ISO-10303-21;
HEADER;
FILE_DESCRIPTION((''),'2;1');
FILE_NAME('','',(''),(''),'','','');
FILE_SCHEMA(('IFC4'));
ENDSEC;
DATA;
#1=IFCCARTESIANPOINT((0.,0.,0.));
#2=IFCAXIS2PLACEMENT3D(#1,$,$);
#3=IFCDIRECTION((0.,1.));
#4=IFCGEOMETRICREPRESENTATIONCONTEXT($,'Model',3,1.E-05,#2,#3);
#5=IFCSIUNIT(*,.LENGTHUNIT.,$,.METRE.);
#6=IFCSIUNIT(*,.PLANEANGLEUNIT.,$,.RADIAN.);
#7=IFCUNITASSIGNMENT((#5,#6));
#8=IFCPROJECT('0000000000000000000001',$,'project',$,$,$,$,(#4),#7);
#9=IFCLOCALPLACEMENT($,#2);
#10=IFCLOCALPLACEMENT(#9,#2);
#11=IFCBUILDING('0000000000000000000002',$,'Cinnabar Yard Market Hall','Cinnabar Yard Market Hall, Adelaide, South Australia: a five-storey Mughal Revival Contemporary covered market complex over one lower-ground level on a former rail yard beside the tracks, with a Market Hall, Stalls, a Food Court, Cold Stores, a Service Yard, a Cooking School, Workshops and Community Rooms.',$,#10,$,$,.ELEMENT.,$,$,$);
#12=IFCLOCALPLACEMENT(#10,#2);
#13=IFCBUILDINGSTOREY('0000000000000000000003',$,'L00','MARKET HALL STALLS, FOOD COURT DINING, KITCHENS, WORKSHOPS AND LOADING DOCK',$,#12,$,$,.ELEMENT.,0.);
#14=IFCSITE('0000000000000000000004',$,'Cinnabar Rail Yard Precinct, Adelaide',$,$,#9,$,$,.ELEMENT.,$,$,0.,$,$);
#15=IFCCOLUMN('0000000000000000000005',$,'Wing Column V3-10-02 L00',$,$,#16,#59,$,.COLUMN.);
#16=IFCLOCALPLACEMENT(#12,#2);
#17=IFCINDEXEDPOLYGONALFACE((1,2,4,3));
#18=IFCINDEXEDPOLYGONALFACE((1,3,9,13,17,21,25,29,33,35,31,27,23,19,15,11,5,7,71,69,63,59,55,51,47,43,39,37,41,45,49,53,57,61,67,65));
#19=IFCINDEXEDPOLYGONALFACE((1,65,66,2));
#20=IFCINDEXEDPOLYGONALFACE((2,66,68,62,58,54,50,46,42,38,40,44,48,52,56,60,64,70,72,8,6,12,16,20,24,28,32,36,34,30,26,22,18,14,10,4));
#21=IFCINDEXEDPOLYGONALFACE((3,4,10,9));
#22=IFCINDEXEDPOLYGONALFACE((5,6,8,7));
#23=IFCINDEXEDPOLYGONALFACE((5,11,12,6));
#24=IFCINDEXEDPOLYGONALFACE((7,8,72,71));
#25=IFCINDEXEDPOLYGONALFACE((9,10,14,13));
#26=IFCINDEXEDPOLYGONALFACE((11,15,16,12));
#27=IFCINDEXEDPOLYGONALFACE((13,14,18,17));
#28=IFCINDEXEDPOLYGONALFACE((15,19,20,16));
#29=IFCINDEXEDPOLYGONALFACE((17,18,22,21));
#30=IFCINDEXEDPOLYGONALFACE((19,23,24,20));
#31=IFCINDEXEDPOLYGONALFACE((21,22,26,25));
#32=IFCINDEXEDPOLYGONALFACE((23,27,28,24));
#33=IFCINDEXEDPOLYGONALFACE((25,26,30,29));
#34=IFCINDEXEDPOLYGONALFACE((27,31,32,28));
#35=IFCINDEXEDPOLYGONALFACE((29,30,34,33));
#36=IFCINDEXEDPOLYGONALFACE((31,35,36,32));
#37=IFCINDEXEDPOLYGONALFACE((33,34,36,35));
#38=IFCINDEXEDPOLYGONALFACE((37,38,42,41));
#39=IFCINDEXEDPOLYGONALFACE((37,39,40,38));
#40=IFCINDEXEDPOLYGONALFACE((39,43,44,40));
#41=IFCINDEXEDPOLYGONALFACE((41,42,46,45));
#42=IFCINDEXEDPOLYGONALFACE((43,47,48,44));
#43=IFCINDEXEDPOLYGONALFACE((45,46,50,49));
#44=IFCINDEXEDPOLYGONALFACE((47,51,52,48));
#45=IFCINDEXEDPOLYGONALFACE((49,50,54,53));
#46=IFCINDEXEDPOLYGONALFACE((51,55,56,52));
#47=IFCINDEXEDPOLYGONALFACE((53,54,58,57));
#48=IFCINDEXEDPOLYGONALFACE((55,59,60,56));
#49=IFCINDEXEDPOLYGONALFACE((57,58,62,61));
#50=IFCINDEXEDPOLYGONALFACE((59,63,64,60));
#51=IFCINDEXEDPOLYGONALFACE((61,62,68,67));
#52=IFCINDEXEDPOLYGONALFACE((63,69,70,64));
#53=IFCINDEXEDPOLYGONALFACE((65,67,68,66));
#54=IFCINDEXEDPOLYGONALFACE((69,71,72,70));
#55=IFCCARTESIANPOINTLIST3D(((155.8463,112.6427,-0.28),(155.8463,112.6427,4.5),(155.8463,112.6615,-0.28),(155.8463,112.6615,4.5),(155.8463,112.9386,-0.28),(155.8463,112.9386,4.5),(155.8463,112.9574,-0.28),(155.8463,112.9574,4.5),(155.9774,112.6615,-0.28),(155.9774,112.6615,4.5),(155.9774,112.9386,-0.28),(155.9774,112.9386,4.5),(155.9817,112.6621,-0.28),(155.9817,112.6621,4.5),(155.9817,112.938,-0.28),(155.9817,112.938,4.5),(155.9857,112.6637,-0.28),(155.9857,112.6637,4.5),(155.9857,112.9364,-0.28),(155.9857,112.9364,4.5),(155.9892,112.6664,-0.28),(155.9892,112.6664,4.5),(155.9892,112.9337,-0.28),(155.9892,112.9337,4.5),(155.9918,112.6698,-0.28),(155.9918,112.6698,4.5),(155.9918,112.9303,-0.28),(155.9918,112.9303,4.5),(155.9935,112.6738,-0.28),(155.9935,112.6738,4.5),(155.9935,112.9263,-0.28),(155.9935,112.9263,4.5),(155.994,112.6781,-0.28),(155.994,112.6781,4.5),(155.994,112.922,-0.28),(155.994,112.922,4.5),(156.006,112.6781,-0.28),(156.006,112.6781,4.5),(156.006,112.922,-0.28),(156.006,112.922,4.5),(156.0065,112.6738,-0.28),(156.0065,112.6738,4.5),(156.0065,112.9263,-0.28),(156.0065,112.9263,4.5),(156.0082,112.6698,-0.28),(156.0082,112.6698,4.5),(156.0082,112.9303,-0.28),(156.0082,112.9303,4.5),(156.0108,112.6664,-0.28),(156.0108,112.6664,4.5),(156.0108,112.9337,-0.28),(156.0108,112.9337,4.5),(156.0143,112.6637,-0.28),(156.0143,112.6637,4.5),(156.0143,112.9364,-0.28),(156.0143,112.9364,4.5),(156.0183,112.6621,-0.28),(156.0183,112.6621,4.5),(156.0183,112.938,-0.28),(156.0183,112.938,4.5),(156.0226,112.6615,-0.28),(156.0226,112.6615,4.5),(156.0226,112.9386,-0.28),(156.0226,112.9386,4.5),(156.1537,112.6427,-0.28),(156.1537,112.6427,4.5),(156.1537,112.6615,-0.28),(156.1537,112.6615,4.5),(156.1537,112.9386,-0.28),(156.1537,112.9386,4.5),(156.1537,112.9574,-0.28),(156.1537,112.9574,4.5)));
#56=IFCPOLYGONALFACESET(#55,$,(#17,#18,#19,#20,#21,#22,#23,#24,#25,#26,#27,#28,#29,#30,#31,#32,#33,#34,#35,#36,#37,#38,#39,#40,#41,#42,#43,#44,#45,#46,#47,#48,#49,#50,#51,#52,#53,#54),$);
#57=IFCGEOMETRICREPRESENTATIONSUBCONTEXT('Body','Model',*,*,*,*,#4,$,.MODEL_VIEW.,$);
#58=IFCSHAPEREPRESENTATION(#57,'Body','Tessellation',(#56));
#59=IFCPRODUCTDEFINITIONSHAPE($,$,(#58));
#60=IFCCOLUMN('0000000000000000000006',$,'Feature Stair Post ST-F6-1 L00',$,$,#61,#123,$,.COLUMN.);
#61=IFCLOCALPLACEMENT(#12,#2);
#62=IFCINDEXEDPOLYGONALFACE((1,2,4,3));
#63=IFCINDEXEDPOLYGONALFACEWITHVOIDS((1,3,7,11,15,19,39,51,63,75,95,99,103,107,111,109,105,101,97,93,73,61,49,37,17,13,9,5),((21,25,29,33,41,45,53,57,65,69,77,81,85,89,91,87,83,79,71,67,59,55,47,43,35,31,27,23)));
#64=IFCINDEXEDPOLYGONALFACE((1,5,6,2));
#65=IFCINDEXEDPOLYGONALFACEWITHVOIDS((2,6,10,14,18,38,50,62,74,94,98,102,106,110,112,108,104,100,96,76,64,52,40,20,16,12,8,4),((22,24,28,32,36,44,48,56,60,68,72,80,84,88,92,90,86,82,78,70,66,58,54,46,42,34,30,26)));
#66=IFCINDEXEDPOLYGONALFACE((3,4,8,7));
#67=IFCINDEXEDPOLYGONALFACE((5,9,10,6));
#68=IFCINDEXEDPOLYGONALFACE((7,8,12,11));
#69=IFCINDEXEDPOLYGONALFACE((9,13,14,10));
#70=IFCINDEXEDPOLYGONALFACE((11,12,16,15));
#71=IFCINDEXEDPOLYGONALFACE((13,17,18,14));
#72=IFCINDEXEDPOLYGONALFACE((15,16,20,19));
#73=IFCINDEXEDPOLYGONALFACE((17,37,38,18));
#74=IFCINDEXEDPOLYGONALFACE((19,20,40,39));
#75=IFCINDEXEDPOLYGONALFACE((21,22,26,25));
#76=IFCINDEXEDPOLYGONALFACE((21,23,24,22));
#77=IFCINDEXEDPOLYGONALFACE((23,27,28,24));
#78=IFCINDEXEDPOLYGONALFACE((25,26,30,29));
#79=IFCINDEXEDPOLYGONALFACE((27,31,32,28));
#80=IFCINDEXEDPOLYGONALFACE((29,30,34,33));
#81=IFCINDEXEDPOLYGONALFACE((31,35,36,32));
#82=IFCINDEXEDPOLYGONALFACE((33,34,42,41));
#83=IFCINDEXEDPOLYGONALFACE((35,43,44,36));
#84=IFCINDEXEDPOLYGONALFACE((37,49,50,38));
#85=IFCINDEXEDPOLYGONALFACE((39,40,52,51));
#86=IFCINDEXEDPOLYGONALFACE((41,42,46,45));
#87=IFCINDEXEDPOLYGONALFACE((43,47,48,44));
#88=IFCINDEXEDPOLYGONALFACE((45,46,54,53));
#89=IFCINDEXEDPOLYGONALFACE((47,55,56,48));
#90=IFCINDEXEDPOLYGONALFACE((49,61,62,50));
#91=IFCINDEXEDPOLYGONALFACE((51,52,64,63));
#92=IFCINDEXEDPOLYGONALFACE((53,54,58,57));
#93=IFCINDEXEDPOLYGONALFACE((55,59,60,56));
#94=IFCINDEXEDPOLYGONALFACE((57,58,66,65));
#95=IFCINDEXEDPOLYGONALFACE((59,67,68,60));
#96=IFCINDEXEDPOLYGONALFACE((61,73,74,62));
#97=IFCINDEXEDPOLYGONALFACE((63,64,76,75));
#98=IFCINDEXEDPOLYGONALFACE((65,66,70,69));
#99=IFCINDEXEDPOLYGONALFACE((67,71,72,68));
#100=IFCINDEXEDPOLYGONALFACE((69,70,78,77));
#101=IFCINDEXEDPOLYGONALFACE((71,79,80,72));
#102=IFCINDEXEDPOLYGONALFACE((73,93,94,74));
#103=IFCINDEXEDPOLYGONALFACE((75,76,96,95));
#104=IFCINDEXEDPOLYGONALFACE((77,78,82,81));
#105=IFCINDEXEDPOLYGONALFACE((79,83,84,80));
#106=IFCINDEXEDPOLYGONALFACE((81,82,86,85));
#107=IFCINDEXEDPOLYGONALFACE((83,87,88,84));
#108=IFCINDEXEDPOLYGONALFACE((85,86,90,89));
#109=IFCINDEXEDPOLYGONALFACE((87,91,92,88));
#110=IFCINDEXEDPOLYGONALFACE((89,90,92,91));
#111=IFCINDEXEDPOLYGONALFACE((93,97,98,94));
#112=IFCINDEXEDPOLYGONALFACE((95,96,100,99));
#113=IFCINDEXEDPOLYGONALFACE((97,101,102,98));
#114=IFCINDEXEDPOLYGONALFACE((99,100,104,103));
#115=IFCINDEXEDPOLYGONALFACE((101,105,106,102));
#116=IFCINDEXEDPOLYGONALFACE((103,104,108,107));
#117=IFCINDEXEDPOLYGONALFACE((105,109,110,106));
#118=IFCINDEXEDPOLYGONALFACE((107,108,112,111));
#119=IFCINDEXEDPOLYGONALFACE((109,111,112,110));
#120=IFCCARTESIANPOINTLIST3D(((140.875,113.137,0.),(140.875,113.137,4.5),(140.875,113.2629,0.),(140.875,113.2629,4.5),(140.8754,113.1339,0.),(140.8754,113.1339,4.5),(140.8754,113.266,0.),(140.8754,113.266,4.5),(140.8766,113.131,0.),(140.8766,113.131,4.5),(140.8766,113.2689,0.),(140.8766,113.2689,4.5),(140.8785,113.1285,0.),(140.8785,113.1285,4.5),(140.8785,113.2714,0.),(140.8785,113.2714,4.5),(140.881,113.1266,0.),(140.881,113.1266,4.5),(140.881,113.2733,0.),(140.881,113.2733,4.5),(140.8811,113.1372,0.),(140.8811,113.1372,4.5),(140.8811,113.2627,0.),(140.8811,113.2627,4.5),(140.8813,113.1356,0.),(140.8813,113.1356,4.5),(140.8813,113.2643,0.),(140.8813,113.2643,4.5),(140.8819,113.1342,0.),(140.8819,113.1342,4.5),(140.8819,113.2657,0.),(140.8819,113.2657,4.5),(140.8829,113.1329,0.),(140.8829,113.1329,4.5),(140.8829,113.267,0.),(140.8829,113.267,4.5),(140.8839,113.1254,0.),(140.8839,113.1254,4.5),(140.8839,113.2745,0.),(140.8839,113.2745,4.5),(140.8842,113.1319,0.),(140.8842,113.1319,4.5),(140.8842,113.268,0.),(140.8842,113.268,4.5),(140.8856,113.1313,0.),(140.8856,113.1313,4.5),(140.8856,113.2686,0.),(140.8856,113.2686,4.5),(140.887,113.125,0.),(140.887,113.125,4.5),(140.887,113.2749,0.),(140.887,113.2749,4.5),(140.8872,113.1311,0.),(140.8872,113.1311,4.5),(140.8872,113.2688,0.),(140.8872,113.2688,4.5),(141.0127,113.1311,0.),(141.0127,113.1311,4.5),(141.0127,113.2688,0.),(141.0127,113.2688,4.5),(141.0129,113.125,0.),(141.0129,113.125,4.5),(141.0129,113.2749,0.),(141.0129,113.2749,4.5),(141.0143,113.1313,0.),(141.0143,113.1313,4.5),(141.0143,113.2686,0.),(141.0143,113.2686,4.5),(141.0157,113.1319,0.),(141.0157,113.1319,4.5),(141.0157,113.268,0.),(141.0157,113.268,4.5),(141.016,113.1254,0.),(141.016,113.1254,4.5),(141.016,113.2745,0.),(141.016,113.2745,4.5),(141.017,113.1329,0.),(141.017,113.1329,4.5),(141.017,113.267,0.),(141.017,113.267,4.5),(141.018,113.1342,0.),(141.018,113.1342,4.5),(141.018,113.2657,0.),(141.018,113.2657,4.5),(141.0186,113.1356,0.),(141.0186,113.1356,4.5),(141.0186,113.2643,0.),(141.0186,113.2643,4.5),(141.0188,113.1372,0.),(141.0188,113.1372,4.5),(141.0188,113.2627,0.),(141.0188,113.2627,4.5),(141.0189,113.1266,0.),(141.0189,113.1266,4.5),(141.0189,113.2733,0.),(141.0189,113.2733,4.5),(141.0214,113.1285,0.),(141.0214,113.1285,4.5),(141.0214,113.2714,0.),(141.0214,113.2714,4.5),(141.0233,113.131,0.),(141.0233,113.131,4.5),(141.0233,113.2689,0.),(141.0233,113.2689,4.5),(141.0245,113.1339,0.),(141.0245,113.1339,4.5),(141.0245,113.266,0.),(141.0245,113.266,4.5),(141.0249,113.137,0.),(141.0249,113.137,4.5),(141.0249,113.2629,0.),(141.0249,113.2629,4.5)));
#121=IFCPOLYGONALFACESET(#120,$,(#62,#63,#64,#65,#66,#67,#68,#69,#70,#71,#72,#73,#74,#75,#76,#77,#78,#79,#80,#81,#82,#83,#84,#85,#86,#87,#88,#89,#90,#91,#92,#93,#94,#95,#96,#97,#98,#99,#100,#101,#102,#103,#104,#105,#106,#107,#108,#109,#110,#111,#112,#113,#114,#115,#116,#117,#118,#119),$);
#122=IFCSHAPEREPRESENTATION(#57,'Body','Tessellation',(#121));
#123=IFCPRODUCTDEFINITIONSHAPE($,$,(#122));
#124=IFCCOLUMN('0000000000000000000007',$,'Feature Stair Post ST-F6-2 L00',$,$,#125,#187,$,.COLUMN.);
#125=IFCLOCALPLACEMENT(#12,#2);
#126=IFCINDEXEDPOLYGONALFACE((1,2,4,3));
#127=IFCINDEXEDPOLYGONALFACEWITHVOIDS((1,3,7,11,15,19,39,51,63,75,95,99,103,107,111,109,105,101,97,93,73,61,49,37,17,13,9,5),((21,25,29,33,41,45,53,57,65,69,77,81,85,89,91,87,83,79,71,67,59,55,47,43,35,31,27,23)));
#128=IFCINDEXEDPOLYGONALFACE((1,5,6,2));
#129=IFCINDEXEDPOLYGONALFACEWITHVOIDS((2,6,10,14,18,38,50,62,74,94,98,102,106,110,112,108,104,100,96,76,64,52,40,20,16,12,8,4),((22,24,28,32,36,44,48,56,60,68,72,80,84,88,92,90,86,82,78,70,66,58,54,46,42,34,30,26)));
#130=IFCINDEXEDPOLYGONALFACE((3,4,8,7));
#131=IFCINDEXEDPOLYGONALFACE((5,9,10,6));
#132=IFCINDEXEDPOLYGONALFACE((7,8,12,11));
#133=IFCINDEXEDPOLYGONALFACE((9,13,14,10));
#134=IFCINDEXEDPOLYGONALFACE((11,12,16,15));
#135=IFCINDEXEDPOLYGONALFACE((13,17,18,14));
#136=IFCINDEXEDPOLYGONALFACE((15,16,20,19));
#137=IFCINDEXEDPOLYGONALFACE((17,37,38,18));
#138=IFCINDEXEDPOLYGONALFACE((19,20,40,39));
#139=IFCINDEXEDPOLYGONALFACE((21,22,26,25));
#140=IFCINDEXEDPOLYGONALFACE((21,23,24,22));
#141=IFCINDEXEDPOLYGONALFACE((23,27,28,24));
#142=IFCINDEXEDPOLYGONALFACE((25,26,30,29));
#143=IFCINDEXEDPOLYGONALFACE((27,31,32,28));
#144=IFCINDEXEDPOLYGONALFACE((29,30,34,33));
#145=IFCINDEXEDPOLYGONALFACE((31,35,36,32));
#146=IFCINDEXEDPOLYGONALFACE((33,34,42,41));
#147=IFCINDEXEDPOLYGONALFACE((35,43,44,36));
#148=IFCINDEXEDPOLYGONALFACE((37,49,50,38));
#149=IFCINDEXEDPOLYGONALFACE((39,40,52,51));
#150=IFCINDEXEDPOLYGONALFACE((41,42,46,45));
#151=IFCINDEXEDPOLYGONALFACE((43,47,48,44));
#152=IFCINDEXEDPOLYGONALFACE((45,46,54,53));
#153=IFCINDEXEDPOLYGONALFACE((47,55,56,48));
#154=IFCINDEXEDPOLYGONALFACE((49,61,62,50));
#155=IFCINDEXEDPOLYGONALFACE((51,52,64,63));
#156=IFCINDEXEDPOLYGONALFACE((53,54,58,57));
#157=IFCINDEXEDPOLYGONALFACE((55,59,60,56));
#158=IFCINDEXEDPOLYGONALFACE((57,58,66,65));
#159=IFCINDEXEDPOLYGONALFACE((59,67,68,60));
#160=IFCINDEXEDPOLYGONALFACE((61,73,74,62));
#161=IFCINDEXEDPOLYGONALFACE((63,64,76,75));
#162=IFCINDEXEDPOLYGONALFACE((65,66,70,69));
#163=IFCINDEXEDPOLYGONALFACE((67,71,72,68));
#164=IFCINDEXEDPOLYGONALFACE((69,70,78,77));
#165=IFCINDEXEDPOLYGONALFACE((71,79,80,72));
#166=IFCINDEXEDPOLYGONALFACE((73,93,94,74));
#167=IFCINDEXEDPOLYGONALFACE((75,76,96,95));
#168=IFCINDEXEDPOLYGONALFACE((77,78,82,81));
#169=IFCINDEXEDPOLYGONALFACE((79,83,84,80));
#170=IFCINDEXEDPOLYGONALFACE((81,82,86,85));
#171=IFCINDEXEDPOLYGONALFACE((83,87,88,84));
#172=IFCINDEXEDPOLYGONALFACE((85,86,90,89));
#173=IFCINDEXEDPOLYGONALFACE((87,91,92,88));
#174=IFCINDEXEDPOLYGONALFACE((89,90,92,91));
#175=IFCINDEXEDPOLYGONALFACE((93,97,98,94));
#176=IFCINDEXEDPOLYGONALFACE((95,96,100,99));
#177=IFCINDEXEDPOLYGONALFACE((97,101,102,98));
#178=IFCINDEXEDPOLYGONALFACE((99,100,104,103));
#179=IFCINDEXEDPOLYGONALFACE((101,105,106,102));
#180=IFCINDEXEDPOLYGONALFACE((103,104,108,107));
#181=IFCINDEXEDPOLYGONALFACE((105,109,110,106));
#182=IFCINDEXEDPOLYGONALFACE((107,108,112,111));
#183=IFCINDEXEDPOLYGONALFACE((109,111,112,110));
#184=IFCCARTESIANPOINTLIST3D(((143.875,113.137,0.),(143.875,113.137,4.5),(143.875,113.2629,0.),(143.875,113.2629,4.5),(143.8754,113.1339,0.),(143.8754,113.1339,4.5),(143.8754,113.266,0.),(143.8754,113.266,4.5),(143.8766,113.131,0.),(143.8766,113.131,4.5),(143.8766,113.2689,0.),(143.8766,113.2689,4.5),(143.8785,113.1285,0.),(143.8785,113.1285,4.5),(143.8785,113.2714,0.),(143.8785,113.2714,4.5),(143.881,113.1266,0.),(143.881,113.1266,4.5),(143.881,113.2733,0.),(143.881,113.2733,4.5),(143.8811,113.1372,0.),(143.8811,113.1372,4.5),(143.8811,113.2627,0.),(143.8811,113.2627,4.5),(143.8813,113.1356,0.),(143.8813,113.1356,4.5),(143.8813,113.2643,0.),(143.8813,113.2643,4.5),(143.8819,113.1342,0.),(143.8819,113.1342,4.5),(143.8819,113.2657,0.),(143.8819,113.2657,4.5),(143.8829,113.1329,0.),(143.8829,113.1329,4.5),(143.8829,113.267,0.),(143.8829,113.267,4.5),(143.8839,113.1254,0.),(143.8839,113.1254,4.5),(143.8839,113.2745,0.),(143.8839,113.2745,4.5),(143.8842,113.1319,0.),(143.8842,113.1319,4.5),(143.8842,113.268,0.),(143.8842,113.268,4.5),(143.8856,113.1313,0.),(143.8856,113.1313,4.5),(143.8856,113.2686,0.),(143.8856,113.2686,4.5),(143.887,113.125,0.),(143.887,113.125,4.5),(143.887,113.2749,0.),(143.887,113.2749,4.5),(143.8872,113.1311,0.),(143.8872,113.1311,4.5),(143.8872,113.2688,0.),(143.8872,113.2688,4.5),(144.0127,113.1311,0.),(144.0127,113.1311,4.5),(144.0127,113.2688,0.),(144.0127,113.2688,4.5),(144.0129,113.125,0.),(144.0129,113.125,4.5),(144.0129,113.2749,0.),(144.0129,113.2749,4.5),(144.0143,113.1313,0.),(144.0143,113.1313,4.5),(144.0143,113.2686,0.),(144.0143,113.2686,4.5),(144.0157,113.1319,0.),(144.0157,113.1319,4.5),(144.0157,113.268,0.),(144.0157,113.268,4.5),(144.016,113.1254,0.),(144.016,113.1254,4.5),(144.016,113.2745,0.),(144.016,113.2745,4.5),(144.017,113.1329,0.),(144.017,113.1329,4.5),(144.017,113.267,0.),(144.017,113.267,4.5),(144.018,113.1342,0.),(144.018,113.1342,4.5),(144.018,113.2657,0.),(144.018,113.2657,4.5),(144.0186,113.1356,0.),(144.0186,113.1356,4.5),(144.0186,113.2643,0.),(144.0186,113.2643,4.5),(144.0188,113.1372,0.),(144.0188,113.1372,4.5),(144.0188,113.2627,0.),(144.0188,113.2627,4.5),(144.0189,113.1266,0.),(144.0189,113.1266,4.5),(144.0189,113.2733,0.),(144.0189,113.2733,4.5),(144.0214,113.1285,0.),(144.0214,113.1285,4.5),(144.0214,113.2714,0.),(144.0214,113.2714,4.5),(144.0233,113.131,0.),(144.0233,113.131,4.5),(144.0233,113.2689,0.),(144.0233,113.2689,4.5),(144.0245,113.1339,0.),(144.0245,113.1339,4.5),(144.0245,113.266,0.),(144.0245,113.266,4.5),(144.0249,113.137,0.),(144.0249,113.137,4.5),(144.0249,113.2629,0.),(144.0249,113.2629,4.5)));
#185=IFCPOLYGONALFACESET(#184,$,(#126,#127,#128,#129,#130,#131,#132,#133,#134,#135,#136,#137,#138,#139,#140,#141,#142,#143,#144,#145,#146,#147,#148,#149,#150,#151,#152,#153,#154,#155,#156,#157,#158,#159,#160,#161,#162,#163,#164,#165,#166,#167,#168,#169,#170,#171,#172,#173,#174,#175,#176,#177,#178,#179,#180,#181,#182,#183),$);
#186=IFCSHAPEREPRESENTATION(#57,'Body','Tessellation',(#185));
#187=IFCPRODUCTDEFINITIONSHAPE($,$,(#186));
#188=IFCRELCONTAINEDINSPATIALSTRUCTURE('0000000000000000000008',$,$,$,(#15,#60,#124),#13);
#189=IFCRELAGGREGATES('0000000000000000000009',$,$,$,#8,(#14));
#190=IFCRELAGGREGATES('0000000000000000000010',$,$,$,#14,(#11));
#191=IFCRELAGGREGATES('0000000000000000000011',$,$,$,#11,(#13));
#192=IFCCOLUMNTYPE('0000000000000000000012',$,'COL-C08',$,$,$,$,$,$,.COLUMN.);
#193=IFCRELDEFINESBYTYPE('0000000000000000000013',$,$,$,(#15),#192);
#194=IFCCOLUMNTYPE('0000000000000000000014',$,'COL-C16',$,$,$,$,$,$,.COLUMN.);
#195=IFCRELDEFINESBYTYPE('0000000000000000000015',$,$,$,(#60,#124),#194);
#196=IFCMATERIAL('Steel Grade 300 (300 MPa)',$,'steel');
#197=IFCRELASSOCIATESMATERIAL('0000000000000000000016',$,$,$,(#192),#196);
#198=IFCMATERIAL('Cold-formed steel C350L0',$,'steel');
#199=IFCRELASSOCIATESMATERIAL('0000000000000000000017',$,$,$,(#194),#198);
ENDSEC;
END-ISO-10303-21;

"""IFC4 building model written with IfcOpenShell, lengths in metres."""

from ifc_helpers import new_model, si_unit, direction, frame, origin, origin_2d_with_axis, place, context, subcontext, project, spatial, hollow_rectangle, i_section, extrude, material, material_profile, profile_set, type_object, element, save


model = new_model("IFC4")

# Units and contexts
model_context = context("Model", 3, precision=1e-05, world=origin(), true_north=direction((0.0, 1.0)))
body_context = subcontext(model_context, "Body", "Model", "MODEL_VIEW")
ifc_project = project(units=[si_unit("LENGTHUNIT", "METRE"), si_unit("PLANEANGLEUNIT", "RADIAN")], contexts=[model_context])

# Site, building, storey
site_placement = place(None, origin())
site = spatial("IfcSite", under=ifc_project, at=site_placement, Name="Cinnabar Rail Yard Precinct, Adelaide", CompositionType="ELEMENT", RefElevation=0.0)
building_placement = place(site_placement, origin())
building = spatial("IfcBuilding", under=site, at=building_placement, Name="Cinnabar Yard Market Hall", Description="Cinnabar Yard Market Hall, Adelaide, South Australia: a five-storey Mughal Revival Contemporary covered market complex over one lower-ground level on a former rail yard beside the tracks, with a Market Hall, Stalls, a Food Court, Cold Stores, a Service Yard, a Cooking School, Workshops and Community Rooms.", CompositionType="ELEMENT")
storey_placement = place(building_placement, origin())
storey = spatial("IfcBuildingStorey", under=building, at=storey_placement, Name="L00", Description="MARKET HALL STALLS, FOOD COURT DINING, KITCHENS, WORKSHOPS AND LOADING DOCK", CompositionType="ELEMENT", Elevation=0.0)

# Columns
ifc_material_1 = material(Name="Steel Grade 300 (300 MPa)", Category="steel")
ifc_material_profile_1 = material_profile(ifc_material_1, i_section(OverallWidth=0.3074, OverallDepth=0.3147, WebThickness=0.012, FlangeThickness=0.0188, FilletRadius=0.0166, at=origin_2d_with_axis()), Name="310UC118")
ifc_profile_set_1 = profile_set([ifc_material_profile_1], Name="Steel Grade 300 (300 MPa)")
column_type_1 = type_object("IfcColumnType", Name="COL-C08", PredefinedType="COLUMN", material=ifc_profile_set_1)
column_1_placement = place(storey_placement, frame((156.0, 112.8, -0.28), z_axis=(0.0, 0.0, 1.0), x_axis=(1.0, 0.0, 0.0)))
element("IfcColumn", 1, at=column_1_placement, inside=storey, type_object=column_type_1, Name="Wing Column V3-10-02 L00", PredefinedType="COLUMN", context=body_context, shape_type="SweptSolid", body=[
    extrude(i_section(OverallWidth=0.3074, OverallDepth=0.3147, WebThickness=0.012, FlangeThickness=0.0188, FilletRadius=0.0166, at=origin_2d_with_axis()), origin(), (0.0, 0.0, 1.0), 4.78),
])
ifc_material_2 = material(Name="Cold-formed steel C350L0", Category="steel")
ifc_material_profile_2 = material_profile(ifc_material_2, hollow_rectangle(XDim=0.1499, YDim=0.1499, WallThickness=0.0061, InnerFilletRadius=0.0061, OuterFilletRadius=0.012, at=origin_2d_with_axis()), Name="150x150x6.0SHS")
ifc_profile_set_2 = profile_set([ifc_material_profile_2], Name="Cold-formed steel C350L0")
column_type_2 = type_object("IfcColumnType", Name="COL-C16", PredefinedType="COLUMN", material=ifc_profile_set_2)
for number, where, z_axis, x_axis, name in (
    (2, (140.95, 113.2, 0.0), (0.0, 0.0, 1.0), (1.0, 0.0, 0.0), "Feature Stair Post ST-F6-1 L00"),
    (3, (143.95, 113.2, 0.0), (0.0, 0.0, 1.0), (1.0, 0.0, 0.0), "Feature Stair Post ST-F6-2 L00"),
):
    element("IfcColumn", number, at=place(storey_placement, frame(where, z_axis=z_axis, x_axis=x_axis)), inside=storey, type_object=column_type_2, Name=name, PredefinedType="COLUMN", context=body_context, shape_type="SweptSolid", body=[
        extrude(hollow_rectangle(XDim=0.1499, YDim=0.1499, WallThickness=0.0061, InnerFilletRadius=0.0061, OuterFilletRadius=0.012, at=origin_2d_with_axis()), origin(), (0.0, 0.0, 1.0), 4.5),
    ])

save(model, "model.ifc")
